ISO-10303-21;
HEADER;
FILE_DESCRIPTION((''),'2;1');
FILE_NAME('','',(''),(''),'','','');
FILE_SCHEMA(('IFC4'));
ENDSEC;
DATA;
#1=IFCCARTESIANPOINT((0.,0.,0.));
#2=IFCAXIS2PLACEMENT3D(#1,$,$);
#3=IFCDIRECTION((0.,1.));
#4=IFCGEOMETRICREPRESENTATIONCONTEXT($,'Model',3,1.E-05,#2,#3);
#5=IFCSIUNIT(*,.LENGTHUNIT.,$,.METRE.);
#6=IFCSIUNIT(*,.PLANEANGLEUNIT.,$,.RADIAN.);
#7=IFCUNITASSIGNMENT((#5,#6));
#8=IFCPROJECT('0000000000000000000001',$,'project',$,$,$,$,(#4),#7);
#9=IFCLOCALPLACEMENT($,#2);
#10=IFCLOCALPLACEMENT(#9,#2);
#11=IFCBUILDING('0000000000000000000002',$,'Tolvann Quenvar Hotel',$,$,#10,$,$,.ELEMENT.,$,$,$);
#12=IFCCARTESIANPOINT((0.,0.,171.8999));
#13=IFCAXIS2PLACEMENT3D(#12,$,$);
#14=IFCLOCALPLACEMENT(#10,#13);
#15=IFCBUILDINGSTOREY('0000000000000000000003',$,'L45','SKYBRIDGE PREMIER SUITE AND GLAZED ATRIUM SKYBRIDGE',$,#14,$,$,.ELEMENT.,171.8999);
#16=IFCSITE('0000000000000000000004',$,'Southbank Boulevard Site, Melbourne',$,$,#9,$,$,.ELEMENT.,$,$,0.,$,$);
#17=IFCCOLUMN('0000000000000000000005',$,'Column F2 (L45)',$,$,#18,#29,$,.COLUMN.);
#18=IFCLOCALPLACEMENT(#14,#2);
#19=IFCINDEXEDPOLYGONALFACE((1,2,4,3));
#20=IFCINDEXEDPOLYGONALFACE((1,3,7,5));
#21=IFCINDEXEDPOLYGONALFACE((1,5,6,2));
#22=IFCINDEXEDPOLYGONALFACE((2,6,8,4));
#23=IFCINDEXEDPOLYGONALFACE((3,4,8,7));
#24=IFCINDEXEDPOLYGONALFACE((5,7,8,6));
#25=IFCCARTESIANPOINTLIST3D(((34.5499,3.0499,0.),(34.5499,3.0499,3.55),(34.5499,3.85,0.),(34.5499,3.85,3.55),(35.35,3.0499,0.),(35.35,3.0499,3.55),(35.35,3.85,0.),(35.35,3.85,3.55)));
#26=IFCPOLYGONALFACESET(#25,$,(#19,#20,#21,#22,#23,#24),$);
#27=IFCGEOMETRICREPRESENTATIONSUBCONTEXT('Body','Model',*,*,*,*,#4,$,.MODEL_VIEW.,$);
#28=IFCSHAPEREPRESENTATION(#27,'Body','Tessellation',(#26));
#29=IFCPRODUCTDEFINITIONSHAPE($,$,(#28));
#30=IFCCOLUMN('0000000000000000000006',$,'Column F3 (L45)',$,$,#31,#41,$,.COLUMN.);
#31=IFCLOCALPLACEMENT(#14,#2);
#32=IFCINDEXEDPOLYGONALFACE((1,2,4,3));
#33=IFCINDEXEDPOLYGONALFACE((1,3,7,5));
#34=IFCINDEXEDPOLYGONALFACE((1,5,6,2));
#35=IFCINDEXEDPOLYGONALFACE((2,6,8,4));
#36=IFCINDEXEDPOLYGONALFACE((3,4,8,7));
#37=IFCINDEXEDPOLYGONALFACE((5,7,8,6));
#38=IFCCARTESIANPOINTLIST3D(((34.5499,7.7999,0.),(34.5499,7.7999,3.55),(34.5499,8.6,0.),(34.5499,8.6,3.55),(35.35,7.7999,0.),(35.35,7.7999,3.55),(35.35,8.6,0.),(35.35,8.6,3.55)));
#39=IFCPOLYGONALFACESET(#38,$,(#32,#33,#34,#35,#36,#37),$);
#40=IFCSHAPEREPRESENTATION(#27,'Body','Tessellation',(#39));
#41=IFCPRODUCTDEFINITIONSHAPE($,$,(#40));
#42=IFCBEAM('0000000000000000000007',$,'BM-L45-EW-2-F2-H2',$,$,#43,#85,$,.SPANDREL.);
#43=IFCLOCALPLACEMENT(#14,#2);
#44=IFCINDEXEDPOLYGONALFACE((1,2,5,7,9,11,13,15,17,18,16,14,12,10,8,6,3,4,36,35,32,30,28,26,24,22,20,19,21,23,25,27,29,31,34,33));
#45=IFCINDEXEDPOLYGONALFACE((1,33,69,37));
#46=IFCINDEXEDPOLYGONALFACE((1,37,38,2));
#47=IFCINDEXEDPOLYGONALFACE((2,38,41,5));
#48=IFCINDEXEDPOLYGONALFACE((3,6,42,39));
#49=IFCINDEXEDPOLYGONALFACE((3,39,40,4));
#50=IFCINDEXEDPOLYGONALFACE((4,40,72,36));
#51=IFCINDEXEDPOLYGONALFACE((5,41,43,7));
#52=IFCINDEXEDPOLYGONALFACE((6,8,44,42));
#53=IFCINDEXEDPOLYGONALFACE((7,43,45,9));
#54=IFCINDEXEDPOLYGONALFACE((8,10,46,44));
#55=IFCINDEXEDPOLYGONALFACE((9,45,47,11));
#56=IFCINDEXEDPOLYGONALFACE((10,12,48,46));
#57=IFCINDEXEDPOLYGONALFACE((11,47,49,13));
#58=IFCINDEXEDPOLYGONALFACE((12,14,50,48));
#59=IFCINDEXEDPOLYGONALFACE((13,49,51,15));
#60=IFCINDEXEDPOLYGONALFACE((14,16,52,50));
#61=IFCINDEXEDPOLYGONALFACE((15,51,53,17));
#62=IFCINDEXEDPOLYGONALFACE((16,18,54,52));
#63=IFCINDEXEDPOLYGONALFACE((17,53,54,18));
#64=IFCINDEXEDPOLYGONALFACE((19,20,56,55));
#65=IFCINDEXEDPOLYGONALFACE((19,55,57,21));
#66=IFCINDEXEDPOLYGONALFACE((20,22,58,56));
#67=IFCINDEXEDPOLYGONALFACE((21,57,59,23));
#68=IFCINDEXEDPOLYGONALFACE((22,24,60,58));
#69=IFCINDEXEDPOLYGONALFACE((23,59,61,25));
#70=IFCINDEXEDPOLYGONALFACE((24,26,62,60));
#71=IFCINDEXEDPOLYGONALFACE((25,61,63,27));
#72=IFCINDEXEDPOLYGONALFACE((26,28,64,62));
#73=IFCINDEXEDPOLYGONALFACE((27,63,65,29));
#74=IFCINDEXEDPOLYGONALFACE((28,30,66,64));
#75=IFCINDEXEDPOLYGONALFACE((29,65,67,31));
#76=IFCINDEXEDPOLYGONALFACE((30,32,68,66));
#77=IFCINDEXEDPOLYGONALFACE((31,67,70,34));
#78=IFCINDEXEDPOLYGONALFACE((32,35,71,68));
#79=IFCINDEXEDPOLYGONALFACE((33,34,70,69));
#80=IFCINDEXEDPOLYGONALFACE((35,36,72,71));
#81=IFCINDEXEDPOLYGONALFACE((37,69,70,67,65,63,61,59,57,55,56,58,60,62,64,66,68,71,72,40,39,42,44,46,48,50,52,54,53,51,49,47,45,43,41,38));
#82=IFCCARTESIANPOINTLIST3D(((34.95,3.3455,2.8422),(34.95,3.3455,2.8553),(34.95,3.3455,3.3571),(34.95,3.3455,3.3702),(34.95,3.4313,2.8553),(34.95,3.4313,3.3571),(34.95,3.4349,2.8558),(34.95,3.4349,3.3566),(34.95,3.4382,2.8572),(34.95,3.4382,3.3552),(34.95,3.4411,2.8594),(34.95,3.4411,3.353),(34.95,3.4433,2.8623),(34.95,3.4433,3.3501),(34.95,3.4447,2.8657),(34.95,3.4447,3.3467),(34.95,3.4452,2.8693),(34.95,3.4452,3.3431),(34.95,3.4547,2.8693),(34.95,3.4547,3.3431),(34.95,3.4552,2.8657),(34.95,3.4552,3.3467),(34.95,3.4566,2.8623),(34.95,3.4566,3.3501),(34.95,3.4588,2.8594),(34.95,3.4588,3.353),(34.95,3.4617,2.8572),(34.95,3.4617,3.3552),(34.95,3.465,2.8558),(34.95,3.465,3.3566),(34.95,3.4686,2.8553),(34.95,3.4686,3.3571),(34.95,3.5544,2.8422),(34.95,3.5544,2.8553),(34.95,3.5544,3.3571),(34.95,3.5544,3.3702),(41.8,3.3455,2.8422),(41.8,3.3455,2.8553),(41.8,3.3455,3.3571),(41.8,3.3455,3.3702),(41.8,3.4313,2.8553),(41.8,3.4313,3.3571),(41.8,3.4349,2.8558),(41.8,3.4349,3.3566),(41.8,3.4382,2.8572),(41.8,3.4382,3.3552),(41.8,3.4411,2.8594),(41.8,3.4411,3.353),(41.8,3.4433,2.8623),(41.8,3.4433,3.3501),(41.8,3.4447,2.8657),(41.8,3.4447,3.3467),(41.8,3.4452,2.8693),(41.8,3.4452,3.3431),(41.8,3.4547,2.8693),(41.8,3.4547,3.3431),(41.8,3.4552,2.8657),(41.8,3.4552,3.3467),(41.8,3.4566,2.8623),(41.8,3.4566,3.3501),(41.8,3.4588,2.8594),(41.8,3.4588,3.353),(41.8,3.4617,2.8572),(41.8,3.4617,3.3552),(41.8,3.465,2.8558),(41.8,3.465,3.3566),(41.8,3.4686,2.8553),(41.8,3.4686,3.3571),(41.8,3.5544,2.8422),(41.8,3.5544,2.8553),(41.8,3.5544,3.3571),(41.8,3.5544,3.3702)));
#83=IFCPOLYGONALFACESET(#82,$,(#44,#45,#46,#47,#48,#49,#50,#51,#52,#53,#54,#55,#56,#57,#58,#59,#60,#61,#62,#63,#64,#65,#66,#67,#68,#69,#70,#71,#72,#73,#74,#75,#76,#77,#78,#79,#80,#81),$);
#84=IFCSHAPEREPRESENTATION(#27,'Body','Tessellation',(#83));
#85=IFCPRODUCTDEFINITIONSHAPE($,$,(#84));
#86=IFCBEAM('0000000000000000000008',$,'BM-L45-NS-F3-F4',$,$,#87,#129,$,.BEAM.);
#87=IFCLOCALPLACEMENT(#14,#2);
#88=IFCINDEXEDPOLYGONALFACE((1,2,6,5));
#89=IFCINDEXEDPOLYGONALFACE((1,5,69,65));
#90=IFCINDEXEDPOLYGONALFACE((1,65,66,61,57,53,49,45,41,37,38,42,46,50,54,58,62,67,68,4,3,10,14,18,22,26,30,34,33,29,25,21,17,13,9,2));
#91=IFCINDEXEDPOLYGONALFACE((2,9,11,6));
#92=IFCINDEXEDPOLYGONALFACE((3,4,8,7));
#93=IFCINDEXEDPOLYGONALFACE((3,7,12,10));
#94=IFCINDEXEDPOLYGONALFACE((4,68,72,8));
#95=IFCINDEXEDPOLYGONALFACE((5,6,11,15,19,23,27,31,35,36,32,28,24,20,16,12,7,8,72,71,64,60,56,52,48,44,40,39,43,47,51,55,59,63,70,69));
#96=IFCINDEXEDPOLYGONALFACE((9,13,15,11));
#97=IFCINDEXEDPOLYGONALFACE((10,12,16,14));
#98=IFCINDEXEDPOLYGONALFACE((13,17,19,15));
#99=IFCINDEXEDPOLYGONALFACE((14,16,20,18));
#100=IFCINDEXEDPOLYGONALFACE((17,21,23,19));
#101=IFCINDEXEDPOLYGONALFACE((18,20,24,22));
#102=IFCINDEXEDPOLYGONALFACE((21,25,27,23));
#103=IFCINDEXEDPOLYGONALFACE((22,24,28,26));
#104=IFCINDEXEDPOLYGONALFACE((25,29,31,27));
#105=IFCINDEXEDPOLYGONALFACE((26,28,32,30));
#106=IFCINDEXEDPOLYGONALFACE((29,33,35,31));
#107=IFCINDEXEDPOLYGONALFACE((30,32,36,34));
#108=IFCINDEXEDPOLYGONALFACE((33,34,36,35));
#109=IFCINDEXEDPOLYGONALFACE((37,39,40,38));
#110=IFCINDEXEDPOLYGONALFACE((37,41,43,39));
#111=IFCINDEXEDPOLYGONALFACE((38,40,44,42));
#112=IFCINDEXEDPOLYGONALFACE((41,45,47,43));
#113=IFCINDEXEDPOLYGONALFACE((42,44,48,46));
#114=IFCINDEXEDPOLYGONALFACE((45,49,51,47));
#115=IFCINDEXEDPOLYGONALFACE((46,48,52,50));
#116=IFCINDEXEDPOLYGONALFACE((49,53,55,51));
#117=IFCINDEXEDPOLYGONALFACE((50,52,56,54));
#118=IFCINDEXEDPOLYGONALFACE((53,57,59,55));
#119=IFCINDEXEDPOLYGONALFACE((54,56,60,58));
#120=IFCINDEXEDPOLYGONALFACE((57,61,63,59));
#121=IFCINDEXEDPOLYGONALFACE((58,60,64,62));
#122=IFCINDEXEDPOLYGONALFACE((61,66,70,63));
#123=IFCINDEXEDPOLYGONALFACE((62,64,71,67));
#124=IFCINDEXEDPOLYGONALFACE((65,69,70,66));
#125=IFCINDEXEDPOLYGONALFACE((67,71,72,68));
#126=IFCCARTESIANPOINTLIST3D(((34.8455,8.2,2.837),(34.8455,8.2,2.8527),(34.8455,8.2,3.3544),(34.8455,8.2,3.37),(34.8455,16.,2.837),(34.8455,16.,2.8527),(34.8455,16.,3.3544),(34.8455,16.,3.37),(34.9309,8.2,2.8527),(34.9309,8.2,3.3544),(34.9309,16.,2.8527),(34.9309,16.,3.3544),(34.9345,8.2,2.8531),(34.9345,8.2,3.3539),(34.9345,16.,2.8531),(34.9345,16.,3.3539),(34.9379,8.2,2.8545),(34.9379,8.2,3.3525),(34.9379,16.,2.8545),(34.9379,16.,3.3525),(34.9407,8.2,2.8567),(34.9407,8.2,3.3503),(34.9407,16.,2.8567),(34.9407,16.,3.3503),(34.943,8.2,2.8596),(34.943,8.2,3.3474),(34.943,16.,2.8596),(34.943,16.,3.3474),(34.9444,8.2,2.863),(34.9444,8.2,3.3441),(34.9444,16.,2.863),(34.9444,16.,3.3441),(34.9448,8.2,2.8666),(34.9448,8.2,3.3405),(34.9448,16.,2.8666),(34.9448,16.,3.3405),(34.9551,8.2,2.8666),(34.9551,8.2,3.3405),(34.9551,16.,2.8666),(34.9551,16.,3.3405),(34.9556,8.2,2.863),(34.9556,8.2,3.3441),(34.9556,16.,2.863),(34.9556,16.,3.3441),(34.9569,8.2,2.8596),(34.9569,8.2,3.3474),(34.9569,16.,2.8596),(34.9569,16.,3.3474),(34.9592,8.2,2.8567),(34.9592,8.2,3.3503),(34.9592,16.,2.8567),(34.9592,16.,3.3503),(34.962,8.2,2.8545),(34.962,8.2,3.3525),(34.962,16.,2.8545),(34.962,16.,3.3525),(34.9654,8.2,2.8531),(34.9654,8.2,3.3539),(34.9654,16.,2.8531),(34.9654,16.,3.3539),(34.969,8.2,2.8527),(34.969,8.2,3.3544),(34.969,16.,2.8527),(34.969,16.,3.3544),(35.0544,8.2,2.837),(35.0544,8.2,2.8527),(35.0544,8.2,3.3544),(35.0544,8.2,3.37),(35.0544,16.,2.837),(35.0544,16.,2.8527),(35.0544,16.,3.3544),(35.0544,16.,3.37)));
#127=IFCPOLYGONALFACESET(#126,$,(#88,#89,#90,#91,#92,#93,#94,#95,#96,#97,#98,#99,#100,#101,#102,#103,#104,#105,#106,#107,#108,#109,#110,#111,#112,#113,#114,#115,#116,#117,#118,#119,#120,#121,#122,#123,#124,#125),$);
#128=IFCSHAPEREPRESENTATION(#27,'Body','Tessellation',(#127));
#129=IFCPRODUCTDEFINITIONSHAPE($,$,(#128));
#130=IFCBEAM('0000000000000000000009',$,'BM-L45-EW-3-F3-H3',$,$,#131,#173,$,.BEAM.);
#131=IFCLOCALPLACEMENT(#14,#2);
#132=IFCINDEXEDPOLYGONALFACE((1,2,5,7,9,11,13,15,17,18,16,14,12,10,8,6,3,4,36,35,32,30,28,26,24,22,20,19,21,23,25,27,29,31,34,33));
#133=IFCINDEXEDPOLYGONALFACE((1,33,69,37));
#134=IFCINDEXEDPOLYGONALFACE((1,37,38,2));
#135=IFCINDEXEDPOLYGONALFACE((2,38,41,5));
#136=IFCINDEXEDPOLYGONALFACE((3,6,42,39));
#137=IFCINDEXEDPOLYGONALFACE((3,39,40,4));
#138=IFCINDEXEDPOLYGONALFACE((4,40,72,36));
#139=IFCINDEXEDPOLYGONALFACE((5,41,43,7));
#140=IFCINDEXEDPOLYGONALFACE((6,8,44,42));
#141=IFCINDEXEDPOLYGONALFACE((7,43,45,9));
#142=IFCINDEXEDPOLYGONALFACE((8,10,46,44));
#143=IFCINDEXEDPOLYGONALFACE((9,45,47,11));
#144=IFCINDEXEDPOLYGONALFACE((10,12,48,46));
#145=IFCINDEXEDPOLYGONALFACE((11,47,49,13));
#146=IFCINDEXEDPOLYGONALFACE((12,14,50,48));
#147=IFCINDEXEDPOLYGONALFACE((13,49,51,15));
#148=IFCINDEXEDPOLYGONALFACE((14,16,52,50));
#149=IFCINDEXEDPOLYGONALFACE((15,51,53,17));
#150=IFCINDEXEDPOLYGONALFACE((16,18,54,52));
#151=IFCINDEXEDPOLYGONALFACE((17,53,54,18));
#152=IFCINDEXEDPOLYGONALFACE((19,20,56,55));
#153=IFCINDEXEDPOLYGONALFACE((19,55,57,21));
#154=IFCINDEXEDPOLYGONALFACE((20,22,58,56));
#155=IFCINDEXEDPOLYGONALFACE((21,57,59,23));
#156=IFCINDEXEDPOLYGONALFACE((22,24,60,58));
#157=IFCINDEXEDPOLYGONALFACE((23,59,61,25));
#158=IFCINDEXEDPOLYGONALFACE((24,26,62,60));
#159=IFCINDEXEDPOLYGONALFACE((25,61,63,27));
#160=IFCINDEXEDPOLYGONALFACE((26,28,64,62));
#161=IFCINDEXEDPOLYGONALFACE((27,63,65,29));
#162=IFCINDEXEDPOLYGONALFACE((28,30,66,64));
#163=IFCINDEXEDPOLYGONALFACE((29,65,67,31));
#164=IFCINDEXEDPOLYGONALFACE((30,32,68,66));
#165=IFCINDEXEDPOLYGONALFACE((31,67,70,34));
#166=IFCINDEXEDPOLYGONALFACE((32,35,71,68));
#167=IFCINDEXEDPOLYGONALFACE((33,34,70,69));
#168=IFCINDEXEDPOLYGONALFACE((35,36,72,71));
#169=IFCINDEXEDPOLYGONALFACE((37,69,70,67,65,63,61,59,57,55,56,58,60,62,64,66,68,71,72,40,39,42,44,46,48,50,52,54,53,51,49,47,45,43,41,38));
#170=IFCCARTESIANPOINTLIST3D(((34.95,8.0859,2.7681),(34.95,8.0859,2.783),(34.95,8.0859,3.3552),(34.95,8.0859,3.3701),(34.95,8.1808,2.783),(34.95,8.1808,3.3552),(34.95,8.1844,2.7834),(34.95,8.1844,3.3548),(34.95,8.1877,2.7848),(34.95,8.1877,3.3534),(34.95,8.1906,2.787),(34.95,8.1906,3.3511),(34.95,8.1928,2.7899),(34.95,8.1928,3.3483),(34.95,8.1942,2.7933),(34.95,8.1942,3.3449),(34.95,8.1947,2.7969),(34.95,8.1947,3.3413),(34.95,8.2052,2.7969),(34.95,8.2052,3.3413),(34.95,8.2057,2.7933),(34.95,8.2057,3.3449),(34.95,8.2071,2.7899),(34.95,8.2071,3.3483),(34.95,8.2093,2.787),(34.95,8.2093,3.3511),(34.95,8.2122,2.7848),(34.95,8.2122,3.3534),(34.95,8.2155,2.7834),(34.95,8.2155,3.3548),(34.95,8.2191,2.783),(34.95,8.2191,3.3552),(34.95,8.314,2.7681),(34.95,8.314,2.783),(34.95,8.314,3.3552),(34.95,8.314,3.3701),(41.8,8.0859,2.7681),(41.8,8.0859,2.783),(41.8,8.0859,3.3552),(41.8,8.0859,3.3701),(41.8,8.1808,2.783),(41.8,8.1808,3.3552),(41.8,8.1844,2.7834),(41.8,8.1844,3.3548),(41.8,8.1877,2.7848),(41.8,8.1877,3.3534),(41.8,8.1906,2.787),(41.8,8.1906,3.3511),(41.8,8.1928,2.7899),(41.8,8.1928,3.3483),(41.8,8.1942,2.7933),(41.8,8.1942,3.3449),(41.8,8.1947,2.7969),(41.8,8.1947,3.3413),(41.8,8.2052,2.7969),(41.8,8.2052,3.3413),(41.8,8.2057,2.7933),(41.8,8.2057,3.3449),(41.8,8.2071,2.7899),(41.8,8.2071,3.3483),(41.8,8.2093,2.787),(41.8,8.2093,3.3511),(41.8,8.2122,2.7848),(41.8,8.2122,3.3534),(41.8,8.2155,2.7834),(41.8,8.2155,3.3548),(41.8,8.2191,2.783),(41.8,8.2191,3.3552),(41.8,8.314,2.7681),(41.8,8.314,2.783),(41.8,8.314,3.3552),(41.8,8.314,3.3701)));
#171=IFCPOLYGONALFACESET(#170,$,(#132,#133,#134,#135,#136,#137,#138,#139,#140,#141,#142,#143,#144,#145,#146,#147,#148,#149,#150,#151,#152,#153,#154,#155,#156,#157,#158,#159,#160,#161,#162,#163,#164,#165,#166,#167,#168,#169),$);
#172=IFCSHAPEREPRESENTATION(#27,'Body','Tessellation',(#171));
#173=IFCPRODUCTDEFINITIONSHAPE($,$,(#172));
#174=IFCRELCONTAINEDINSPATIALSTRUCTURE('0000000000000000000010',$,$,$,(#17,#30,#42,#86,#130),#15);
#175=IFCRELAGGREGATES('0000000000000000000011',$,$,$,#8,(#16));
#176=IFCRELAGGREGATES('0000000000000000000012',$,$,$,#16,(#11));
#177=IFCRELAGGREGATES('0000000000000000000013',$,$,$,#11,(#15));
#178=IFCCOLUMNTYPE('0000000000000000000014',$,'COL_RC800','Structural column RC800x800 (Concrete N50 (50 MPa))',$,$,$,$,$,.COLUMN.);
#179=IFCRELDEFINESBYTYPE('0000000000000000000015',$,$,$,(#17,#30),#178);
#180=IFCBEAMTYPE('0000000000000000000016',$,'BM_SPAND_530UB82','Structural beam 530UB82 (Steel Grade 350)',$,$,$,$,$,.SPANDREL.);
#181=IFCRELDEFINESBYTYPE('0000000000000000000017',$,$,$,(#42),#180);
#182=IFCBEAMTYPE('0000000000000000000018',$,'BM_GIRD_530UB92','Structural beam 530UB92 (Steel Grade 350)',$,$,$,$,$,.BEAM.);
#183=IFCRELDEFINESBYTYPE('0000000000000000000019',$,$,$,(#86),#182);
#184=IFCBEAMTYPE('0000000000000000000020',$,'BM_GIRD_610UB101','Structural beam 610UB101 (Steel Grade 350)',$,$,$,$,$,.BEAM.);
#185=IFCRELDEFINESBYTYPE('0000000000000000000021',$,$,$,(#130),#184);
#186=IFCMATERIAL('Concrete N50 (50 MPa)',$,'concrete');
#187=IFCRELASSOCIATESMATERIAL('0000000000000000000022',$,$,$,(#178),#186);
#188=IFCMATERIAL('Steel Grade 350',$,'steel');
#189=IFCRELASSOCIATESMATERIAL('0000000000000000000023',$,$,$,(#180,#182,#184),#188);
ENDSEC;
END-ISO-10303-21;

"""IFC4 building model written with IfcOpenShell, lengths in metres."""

from ifc_helpers import new_model, si_unit, direction, frame, origin, origin_2d, place, context, subcontext, project, spatial, rectangle, i_section, extrude, source, transform, mapped, material, material_profile, profile_set, type_object, type_shapes, element, save


model = new_model("IFC4")

# Units and contexts
model_context = context("Model", 3, precision=1e-05, world=origin(), true_north=direction((0.0, 1.0)))
body_context = subcontext(model_context, "Body", "Model", "MODEL_VIEW")
ifc_project = project(units=[si_unit("LENGTHUNIT", "METRE"), si_unit("PLANEANGLEUNIT", "RADIAN")], contexts=[model_context])

# Site, building, storey
site_placement = place(None, origin())
site = spatial("IfcSite", under=ifc_project, at=site_placement, Name="Southbank Boulevard Site, Melbourne", CompositionType="ELEMENT", RefElevation=0.0)
building_placement = place(site_placement, origin())
building = spatial("IfcBuilding", under=site, at=building_placement, Name="Tolvann Quenvar Hotel", CompositionType="ELEMENT")
storey_placement = place(building_placement, frame((0.0, 0.0, 171.8999)))
storey = spatial("IfcBuildingStorey", under=building, at=storey_placement, Name="L45", Description="SKYBRIDGE PREMIER SUITE AND GLAZED ATRIUM SKYBRIDGE", CompositionType="ELEMENT", Elevation=171.8999)

# Columns
ifc_material_1 = material(Name="Concrete N50 (50 MPa)", Category="concrete")
ifc_material_profile_1 = material_profile(ifc_material_1, rectangle(XDim=0.8, YDim=0.8, at=origin_2d()), Name="RC800x800")
ifc_profile_set_1 = profile_set([ifc_material_profile_1], Name="Concrete N50 (50 MPa)")
column_type = type_object("IfcColumnType", Name="COL_RC800", Description="Structural column RC800x800 (Concrete N50 (50 MPa))", PredefinedType="COLUMN", material=ifc_profile_set_1)
shared_shape_1 = source(origin(), body_context, "Body", "SweptSolid", [
    extrude(rectangle(XDim=0.8, YDim=0.8, at=origin_2d()), origin(), (0.0, 0.0, 1.0), 3.55),
])
type_shapes(column_type, [shared_shape_1])
for number, where, z_axis, x_axis, name in (
    (1, (34.95, 3.45, 0.0), (0.0, 0.0, 1.0), (1.0, 0.0, 0.0), "Column F2 (L45)"),
    (2, (34.95, 8.2, 0.0), (0.0, 0.0, 1.0), (1.0, 0.0, 0.0), "Column F3 (L45)"),
):
    element("IfcColumn", number, at=place(storey_placement, frame(where, z_axis=z_axis, x_axis=x_axis)), inside=storey, type_object=column_type, Name=name, PredefinedType="COLUMN", context=body_context, shape_type="MappedRepresentation", body=[
        mapped(shared_shape_1, transform((0.0, 0.0, 0.0), x_axis=(1.0, 0.0, 0.0), y_axis=(0.0, 1.0, 0.0), z_axis=(0.0, 0.0, 1.0), scale=1.0)),
    ])

# Beams
ifc_material_2 = material(Name="Steel Grade 350", Category="steel")
ifc_material_profile_2 = material_profile(ifc_material_2, i_section(OverallWidth=0.209, OverallDepth=0.5281, WebThickness=0.0095, FlangeThickness=0.0132, FilletRadius=0.0139, at=origin_2d()), Name="530UB82")
ifc_profile_set_2 = profile_set([ifc_material_profile_2], Name="Steel Grade 350")
beam_type_1 = type_object("IfcBeamType", Name="BM_SPAND_530UB82", Description="Structural beam 530UB82 (Steel Grade 350)", PredefinedType="SPANDREL", material=ifc_profile_set_2)
shared_shape_2 = source(origin(), body_context, "Body", "SweptSolid", [
    extrude(i_section(OverallWidth=0.209, OverallDepth=0.5281, WebThickness=0.0095, FlangeThickness=0.0132, FilletRadius=0.0139, at=origin_2d()), origin(), (0.0, 0.0, 1.0), 6.8501),
])
type_shapes(beam_type_1, [shared_shape_2])
beam_1_placement = place(storey_placement, frame((34.95, 3.45, 3.1062), z_axis=(1.0, 0.0, 0.0), x_axis=(0.0, 1.0, 0.0)))
element("IfcBeam", 3, at=beam_1_placement, inside=storey, type_object=beam_type_1, Name="BM-L45-EW-2-F2-H2", PredefinedType="SPANDREL", context=body_context, shape_type="MappedRepresentation", body=[
    mapped(shared_shape_2, transform((0.0, 0.0, 0.0), x_axis=(1.0, 0.0, 0.0), y_axis=(0.0, 1.0, 0.0), z_axis=(0.0, 0.0, 1.0), scale=1.0)),
])
ifc_material_profile_3 = material_profile(ifc_material_2, i_section(OverallWidth=0.209, OverallDepth=0.533, WebThickness=0.0103, FlangeThickness=0.0156, FilletRadius=0.0139, at=origin_2d()), Name="530UB92")
ifc_profile_set_3 = profile_set([ifc_material_profile_3], Name="Steel Grade 350")
beam_type_2 = type_object("IfcBeamType", Name="BM_GIRD_530UB92", Description="Structural beam 530UB92 (Steel Grade 350)", PredefinedType="BEAM", material=ifc_profile_set_3)
shared_shape_3 = source(origin(), body_context, "Body", "SweptSolid", [
    extrude(i_section(OverallWidth=0.209, OverallDepth=0.533, WebThickness=0.0103, FlangeThickness=0.0156, FilletRadius=0.0139, at=origin_2d()), origin(), (0.0, 0.0, 1.0), 7.8),
])
beam_2_placement = place(storey_placement, frame((34.95, 8.2, 3.1035), z_axis=(0.0, 1.0, 0.0), x_axis=(-1.0, 0.0, 0.0)))
element("IfcBeam", 4, at=beam_2_placement, inside=storey, type_object=beam_type_2, Name="BM-L45-NS-F3-F4", PredefinedType="BEAM", context=body_context, shape_type="MappedRepresentation", body=[
    mapped(shared_shape_3, transform((0.0, 0.0, 0.0), x_axis=(1.0, 0.0, 0.0), y_axis=(0.0, 1.0, 0.0), z_axis=(0.0, 0.0, 1.0), scale=1.0)),
])
ifc_material_profile_4 = material_profile(ifc_material_2, i_section(OverallWidth=0.228, OverallDepth=0.6021, WebThickness=0.0105, FlangeThickness=0.0149, FilletRadius=0.0139, at=origin_2d()), Name="610UB101")
ifc_profile_set_4 = profile_set([ifc_material_profile_4], Name="Steel Grade 350")
beam_type_3 = type_object("IfcBeamType", Name="BM_GIRD_610UB101", Description="Structural beam 610UB101 (Steel Grade 350)", PredefinedType="BEAM", material=ifc_profile_set_4)
shared_shape_4 = source(origin(), body_context, "Body", "SweptSolid", [
    extrude(i_section(OverallWidth=0.228, OverallDepth=0.6021, WebThickness=0.0105, FlangeThickness=0.0149, FilletRadius=0.0139, at=origin_2d()), origin(), (0.0, 0.0, 1.0), 6.8501),
])
type_shapes(beam_type_3, [shared_shape_4])
beam_3_placement = place(storey_placement, frame((34.95, 8.2, 3.0691), z_axis=(1.0, 0.0, 0.0), x_axis=(0.0, 1.0, 0.0)))
element("IfcBeam", 5, at=beam_3_placement, inside=storey, type_object=beam_type_3, Name="BM-L45-EW-3-F3-H3", PredefinedType="BEAM", context=body_context, shape_type="MappedRepresentation", body=[
    mapped(shared_shape_4, transform((0.0, 0.0, 0.0), x_axis=(1.0, 0.0, 0.0), y_axis=(0.0, 1.0, 0.0), z_axis=(0.0, 0.0, 1.0), scale=1.0)),
])

save(model, "model.ifc")
